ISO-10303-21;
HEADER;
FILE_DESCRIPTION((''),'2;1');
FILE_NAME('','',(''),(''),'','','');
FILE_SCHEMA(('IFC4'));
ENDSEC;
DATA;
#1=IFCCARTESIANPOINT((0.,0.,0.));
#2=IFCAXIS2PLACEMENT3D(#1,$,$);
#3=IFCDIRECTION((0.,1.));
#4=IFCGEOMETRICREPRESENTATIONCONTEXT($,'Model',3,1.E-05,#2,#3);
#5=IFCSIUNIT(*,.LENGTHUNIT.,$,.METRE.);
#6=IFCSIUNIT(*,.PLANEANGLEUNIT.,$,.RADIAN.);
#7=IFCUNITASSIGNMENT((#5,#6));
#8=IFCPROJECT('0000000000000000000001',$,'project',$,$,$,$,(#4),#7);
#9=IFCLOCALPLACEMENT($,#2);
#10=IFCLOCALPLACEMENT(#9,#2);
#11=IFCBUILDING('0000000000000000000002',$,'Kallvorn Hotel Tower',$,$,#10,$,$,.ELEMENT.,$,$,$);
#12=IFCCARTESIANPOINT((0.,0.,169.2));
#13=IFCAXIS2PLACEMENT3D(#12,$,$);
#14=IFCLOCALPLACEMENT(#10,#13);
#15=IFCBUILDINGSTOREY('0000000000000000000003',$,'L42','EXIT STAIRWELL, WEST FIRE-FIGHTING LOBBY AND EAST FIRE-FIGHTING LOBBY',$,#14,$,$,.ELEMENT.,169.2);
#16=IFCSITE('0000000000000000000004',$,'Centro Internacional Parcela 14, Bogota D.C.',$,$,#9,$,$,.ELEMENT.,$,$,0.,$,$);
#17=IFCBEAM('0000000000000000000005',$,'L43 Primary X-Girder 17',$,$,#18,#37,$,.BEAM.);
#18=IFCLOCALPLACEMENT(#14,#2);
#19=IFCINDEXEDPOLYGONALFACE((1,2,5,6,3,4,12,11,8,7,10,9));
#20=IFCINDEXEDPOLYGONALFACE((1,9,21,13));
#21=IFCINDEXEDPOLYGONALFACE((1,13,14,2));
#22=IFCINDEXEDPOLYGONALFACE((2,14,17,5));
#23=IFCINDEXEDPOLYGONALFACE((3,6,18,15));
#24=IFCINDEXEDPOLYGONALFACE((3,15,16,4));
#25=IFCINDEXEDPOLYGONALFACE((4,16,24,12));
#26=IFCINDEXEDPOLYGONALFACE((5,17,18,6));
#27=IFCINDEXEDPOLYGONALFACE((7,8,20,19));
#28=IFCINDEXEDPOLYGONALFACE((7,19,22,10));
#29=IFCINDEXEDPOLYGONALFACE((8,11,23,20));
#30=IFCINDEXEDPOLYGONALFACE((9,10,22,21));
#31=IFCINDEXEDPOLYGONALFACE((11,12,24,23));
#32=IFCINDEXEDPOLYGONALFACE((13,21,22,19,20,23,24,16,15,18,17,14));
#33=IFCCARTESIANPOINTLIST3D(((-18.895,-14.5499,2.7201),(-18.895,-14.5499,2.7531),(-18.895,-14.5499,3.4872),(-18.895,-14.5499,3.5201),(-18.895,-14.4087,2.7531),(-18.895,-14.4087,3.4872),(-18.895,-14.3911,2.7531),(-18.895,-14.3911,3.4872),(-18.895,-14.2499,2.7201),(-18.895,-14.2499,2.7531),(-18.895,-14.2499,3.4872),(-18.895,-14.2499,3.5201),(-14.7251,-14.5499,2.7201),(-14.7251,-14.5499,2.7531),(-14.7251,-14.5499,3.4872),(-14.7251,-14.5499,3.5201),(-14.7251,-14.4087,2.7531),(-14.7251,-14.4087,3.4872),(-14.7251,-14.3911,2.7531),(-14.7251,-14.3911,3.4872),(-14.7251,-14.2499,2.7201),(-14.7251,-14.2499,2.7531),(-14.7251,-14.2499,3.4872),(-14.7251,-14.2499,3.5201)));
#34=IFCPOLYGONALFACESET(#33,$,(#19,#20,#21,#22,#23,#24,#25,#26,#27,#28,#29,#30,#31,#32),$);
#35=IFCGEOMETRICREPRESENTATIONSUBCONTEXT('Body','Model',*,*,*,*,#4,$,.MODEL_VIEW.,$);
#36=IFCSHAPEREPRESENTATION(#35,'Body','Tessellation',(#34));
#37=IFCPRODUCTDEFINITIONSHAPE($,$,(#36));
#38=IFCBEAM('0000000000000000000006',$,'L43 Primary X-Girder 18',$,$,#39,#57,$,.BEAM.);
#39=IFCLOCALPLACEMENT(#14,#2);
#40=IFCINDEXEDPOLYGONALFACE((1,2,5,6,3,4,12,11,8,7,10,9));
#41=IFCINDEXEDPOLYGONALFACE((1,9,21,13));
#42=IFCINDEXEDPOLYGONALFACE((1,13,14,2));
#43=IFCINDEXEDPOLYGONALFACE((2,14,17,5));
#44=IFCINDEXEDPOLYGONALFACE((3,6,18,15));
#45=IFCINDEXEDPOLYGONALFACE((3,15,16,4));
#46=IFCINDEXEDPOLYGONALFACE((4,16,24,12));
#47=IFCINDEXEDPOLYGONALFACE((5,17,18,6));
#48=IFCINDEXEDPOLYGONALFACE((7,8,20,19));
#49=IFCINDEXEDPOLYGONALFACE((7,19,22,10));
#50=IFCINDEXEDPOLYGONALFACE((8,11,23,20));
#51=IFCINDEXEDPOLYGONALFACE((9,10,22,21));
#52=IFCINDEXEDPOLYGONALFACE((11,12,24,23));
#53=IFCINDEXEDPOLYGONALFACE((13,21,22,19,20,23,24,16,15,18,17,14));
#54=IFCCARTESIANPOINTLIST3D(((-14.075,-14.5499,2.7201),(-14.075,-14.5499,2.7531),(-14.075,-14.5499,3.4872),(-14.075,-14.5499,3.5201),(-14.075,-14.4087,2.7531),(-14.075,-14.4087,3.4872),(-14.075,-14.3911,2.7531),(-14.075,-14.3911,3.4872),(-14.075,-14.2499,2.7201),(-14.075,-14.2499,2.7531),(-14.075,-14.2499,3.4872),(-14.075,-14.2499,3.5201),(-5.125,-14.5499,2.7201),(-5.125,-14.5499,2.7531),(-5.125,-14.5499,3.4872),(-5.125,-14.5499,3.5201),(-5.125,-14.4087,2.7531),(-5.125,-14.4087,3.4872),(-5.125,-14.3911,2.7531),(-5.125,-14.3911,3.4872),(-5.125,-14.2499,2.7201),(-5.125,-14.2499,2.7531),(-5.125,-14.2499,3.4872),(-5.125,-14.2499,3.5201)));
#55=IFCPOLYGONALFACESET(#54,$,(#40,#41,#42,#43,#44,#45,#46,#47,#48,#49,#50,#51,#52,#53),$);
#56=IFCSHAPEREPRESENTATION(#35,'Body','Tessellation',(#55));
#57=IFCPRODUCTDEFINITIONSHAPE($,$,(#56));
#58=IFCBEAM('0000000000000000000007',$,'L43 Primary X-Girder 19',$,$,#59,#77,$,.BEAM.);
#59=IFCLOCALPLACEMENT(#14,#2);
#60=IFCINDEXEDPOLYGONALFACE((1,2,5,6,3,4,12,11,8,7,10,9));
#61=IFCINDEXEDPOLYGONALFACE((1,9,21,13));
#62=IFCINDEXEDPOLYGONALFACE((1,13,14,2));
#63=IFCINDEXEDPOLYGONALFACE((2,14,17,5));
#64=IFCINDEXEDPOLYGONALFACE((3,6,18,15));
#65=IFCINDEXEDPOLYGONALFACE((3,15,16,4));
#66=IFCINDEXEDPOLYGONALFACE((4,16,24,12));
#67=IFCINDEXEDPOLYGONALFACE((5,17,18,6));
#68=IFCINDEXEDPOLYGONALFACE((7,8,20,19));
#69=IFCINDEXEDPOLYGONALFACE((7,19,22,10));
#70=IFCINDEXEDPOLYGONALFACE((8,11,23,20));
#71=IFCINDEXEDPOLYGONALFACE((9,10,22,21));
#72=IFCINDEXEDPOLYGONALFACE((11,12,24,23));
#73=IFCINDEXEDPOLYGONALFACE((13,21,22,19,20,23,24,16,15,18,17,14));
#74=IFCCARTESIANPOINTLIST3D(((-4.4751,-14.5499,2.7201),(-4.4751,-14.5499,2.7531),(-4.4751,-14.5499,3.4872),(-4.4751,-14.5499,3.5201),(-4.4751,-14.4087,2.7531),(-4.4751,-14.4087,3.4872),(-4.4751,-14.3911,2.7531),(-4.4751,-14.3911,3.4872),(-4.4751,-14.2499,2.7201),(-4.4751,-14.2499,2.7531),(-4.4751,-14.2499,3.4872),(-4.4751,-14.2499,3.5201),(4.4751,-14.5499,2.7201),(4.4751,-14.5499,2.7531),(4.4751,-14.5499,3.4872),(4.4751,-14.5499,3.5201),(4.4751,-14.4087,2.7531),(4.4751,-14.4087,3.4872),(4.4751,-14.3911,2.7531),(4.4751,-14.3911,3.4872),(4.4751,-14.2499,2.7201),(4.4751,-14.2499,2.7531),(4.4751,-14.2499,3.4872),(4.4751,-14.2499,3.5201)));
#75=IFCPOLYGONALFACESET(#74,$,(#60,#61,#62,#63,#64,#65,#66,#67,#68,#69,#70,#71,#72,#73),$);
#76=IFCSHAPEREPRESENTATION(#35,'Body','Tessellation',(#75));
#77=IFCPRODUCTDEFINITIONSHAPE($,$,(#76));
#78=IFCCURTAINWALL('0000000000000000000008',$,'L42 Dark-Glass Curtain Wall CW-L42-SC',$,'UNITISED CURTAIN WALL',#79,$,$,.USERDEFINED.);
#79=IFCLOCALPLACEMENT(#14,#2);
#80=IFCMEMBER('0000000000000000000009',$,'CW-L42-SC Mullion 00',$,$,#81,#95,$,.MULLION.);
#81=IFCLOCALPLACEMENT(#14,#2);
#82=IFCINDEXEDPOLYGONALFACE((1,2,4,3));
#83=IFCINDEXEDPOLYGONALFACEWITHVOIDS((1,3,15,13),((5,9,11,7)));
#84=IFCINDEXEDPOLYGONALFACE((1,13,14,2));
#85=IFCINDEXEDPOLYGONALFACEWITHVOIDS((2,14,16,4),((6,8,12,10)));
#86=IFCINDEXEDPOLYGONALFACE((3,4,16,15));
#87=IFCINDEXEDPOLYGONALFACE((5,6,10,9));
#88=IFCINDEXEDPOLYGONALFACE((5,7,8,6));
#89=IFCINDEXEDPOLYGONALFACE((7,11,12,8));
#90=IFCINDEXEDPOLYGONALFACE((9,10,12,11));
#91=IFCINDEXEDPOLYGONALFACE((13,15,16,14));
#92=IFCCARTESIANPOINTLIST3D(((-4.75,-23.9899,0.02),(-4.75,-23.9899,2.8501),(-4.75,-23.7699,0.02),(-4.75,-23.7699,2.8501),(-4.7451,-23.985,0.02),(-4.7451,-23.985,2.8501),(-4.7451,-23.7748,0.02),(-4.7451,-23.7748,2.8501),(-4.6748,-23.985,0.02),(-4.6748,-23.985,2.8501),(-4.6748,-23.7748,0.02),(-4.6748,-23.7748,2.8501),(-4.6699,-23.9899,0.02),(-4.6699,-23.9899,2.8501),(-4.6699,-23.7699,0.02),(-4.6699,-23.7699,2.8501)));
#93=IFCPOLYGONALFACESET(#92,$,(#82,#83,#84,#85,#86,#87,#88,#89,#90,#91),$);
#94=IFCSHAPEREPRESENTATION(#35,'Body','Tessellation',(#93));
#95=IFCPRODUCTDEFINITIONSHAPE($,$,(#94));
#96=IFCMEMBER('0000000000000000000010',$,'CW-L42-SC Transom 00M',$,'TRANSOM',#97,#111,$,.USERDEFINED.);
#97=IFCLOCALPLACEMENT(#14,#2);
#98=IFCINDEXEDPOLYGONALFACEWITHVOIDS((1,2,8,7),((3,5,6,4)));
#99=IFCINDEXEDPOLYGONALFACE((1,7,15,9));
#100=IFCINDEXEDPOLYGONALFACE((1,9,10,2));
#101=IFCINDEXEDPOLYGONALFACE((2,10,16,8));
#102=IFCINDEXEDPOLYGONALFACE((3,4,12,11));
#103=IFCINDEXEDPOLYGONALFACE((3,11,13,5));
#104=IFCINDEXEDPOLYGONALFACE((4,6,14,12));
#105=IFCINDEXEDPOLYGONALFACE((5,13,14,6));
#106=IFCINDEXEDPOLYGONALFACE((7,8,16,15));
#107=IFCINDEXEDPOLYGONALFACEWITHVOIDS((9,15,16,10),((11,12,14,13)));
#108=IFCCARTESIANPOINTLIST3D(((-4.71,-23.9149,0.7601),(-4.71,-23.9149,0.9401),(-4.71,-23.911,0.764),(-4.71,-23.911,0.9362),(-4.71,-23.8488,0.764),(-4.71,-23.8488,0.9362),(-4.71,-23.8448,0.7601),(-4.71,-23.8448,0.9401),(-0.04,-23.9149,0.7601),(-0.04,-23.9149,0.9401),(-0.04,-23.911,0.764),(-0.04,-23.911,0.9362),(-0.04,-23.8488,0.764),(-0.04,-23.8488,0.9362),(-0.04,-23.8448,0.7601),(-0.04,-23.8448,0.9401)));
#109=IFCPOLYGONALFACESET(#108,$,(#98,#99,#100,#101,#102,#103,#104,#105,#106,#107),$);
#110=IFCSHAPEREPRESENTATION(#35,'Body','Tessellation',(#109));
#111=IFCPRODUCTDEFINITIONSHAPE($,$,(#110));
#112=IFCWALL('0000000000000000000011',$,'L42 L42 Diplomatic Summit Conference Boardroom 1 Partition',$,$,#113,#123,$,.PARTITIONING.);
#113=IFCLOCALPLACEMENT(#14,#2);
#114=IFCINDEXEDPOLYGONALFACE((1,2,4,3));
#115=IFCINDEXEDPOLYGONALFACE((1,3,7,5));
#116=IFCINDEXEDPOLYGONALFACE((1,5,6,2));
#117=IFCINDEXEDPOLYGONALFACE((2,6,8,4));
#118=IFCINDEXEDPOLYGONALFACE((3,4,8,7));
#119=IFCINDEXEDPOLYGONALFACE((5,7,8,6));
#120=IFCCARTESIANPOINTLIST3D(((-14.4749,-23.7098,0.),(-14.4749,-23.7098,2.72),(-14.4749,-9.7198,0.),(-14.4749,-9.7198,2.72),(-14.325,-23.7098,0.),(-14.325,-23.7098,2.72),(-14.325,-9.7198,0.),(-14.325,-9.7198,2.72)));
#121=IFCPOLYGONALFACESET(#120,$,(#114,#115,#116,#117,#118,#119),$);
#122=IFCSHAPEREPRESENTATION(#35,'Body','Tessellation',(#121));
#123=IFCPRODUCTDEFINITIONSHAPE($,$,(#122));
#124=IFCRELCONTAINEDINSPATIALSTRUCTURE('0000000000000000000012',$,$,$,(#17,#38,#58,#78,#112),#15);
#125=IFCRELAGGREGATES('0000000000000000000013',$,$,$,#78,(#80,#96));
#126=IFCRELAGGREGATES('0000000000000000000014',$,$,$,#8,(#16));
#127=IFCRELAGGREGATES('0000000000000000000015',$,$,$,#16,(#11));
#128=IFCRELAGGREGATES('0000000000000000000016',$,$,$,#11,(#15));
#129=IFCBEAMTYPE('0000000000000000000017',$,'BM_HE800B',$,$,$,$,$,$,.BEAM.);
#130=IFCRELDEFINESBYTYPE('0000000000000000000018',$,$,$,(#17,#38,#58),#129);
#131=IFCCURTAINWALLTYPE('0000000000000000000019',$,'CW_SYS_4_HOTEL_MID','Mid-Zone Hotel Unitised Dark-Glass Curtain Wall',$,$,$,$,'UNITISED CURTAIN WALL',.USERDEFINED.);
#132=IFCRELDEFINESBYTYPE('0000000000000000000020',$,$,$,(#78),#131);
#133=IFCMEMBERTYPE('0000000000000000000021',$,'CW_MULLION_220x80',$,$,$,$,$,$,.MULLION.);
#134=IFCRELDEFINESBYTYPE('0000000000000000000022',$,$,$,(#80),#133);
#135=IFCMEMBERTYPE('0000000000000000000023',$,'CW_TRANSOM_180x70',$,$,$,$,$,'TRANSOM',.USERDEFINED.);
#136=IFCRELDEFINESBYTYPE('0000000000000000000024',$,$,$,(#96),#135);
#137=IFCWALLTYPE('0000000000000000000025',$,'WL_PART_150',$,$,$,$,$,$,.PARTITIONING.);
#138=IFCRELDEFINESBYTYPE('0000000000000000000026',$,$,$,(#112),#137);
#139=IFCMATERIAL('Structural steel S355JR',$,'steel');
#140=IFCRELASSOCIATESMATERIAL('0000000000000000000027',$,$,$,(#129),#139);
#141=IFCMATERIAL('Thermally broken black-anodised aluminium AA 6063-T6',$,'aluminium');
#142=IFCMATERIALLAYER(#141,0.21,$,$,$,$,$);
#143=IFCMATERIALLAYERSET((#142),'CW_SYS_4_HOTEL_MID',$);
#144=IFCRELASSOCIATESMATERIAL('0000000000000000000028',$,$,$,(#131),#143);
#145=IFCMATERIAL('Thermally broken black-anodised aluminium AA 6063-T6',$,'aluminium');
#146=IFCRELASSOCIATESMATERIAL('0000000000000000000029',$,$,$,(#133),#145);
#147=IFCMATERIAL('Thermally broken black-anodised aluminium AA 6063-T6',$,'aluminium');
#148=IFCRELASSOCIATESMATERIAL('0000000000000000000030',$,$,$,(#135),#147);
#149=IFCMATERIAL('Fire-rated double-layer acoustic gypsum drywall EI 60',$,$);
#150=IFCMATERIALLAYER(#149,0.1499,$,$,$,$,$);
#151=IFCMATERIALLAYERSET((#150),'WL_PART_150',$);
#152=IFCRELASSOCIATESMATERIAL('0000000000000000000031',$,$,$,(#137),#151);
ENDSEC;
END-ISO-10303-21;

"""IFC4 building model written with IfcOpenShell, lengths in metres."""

from ifc_helpers import new_model, si_unit, direction, frame, frame_2d, origin, origin_2d, place, context, subcontext, project, spatial, rectangle, hollow_rectangle, i_section, extrude, material, layer, layer_set, material_profile, profile_set, type_object, element, aggregate, save


model = new_model("IFC4")

# Units and contexts
model_context = context("Model", 3, precision=1e-05, world=origin(), true_north=direction((0.0, 1.0)))
body_context = subcontext(model_context, "Body", "Model", "MODEL_VIEW")
ifc_project = project(units=[si_unit("LENGTHUNIT", "METRE"), si_unit("PLANEANGLEUNIT", "RADIAN")], contexts=[model_context])

# Site, building, storey
site_placement = place(None, origin())
site = spatial("IfcSite", under=ifc_project, at=site_placement, Name="Centro Internacional Parcela 14, Bogota D.C.", CompositionType="ELEMENT", RefElevation=0.0)
building_placement = place(site_placement, origin())
building = spatial("IfcBuilding", under=site, at=building_placement, Name="Kallvorn Hotel Tower", CompositionType="ELEMENT")
storey_placement = place(building_placement, frame((0.0, 0.0, 169.2)))
storey = spatial("IfcBuildingStorey", under=building, at=storey_placement, Name="L42", Description="EXIT STAIRWELL, WEST FIRE-FIGHTING LOBBY AND EAST FIRE-FIGHTING LOBBY", CompositionType="ELEMENT", Elevation=169.2)

# Beams
ifc_material_1 = material(Name="Structural steel S355JR", Category="steel")
ifc_material_profile_1 = material_profile(ifc_material_1, i_section(OverallWidth=0.3, OverallDepth=0.8, WebThickness=0.0176, FlangeThickness=0.033, at=origin_2d()), Name="HE 800 B")
ifc_profile_set_1 = profile_set([ifc_material_profile_1], Name="Structural steel S355JR")
beam_type_1 = type_object("IfcBeamType", Name="BM_HE800B", PredefinedType="BEAM", material=ifc_profile_set_1)
beam_1_placement = place(storey_placement, frame((-18.895, -14.3999, 3.1201), z_axis=(1.0, 0.0, 0.0), x_axis=(0.0, 1.0, 0.0)))
element("IfcBeam", 1, at=beam_1_placement, inside=storey, type_object=beam_type_1, Name="L43 Primary X-Girder 17", PredefinedType="BEAM", context=body_context, shape_type="SweptSolid", body=[
    extrude(i_section(OverallWidth=0.3, OverallDepth=0.8, WebThickness=0.0176, FlangeThickness=0.033, at=origin_2d()), origin(), (0.0, 0.0, 1.0), 4.1699),
])
beam_2_placement = place(storey_placement, frame((-14.075, -14.3999, 3.1201), z_axis=(1.0, 0.0, 0.0), x_axis=(0.0, 1.0, 0.0)))
element("IfcBeam", 2, at=beam_2_placement, inside=storey, type_object=beam_type_1, Name="L43 Primary X-Girder 18", PredefinedType="BEAM", context=body_context, shape_type="SweptSolid", body=[
    extrude(i_section(OverallWidth=0.3, OverallDepth=0.8, WebThickness=0.0176, FlangeThickness=0.033, at=origin_2d()), origin(), (0.0, 0.0, 1.0), 8.95),
])
beam_3_placement = place(storey_placement, frame((-4.4751, -14.3999, 3.1201), z_axis=(1.0, 0.0, 0.0), x_axis=(0.0, 1.0, 0.0)))
element("IfcBeam", 3, at=beam_3_placement, inside=storey, type_object=beam_type_1, Name="L43 Primary X-Girder 19", PredefinedType="BEAM", context=body_context, shape_type="SweptSolid", body=[
    extrude(i_section(OverallWidth=0.3, OverallDepth=0.8, WebThickness=0.0176, FlangeThickness=0.033, at=origin_2d()), origin(), (0.0, 0.0, 1.0), 8.9502),
])

# Curtain wall, members
ifc_material_2 = material(Name="Thermally broken black-anodised aluminium AA 6063-T6", Category="aluminium")
ifc_layer_1 = layer(ifc_material_2, 0.21)
ifc_layer_set_1 = layer_set([ifc_layer_1], Name="CW_SYS_4_HOTEL_MID")
curtain_wall_type = type_object("IfcCurtainWallType", Name="CW_SYS_4_HOTEL_MID", Description="Mid-Zone Hotel Unitised Dark-Glass Curtain Wall", ElementType="UNITISED CURTAIN WALL", PredefinedType="USERDEFINED", material=ifc_layer_set_1)
curtain_wall_placement = place(storey_placement, origin())
curtain_wall = element("IfcCurtainWall", 4, at=curtain_wall_placement, inside=storey, type_object=curtain_wall_type, Name="L42 Dark-Glass Curtain Wall CW-L42-SC", ObjectType="UNITISED CURTAIN WALL", PredefinedType="USERDEFINED")
ifc_material_3 = material(Name="Thermally broken black-anodised aluminium AA 6063-T6", Category="aluminium")
ifc_material_profile_2 = material_profile(ifc_material_3, hollow_rectangle(XDim=0.0801, YDim=0.22, WallThickness=0.0049, at=origin_2d()), Name="MUL 220x80")
ifc_profile_set_2 = profile_set([ifc_material_profile_2], Name="Thermally broken black-anodised aluminium AA 6063-T6")
member_type_1 = type_object("IfcMemberType", Name="CW_MULLION_220x80", PredefinedType="MULLION", material=ifc_profile_set_2)
member_1_placement = place(storey_placement, frame((-4.71, -23.8799, 0.02), z_axis=(0.0, 0.0, 1.0), x_axis=(1.0, 0.0, 0.0)))
member_1 = element("IfcMember", 5, at=member_1_placement, type_object=member_type_1, Name="CW-L42-SC Mullion 00", PredefinedType="MULLION", context=body_context, shape_type="SweptSolid", body=[
    extrude(hollow_rectangle(XDim=0.0801, YDim=0.22, WallThickness=0.0049, at=origin_2d()), origin(), (0.0, 0.0, 1.0), 2.8301),
])
ifc_material_4 = material(Name="Thermally broken black-anodised aluminium AA 6063-T6", Category="aluminium")
ifc_material_profile_3 = material_profile(ifc_material_4, hollow_rectangle(XDim=0.0701, YDim=0.1799, WallThickness=0.0039, at=origin_2d()), Name="TRN 180x70")
ifc_profile_set_3 = profile_set([ifc_material_profile_3], Name="Thermally broken black-anodised aluminium AA 6063-T6")
member_type_2 = type_object("IfcMemberType", Name="CW_TRANSOM_180x70", ElementType="TRANSOM", PredefinedType="USERDEFINED", material=ifc_profile_set_3)
member_2_placement = place(storey_placement, frame((-4.71, -23.8799, 0.8501), z_axis=(1.0, 0.0, 0.0), x_axis=(0.0, 1.0, 0.0)))
member_2 = element("IfcMember", 6, at=member_2_placement, type_object=member_type_2, Name="CW-L42-SC Transom 00M", ObjectType="TRANSOM", PredefinedType="USERDEFINED", context=body_context, shape_type="SweptSolid", body=[
    extrude(hollow_rectangle(XDim=0.0701, YDim=0.1799, WallThickness=0.0039, at=origin_2d()), origin(), (0.0, 0.0, 1.0), 4.6699),
])
aggregate(curtain_wall, [member_1, member_2])

# Wall
ifc_material_5 = material(Name="Fire-rated double-layer acoustic gypsum drywall EI 60")
ifc_layer_2 = layer(ifc_material_5, 0.1499)
ifc_layer_set_2 = layer_set([ifc_layer_2], Name="WL_PART_150")
wall_type = type_object("IfcWallType", Name="WL_PART_150", PredefinedType="PARTITIONING", material=ifc_layer_set_2)
wall_placement = place(storey_placement, frame((-14.3999, -23.71, 0.0), z_axis=(0.0, 0.0, 1.0), x_axis=(0.0, 1.0, 0.0)))
element("IfcWall", 7, at=wall_placement, inside=storey, type_object=wall_type, Name="L42 L42 Diplomatic Summit Conference Boardroom 1 Partition", PredefinedType="PARTITIONING", context=body_context, shape_type="SweptSolid", body=[
    extrude(rectangle(XDim=13.99, YDim=0.1499, at=frame_2d((6.9951, 0.0))), origin(), (0.0, 0.0, 1.0), 2.72),
])

save(model, "model.ifc")
